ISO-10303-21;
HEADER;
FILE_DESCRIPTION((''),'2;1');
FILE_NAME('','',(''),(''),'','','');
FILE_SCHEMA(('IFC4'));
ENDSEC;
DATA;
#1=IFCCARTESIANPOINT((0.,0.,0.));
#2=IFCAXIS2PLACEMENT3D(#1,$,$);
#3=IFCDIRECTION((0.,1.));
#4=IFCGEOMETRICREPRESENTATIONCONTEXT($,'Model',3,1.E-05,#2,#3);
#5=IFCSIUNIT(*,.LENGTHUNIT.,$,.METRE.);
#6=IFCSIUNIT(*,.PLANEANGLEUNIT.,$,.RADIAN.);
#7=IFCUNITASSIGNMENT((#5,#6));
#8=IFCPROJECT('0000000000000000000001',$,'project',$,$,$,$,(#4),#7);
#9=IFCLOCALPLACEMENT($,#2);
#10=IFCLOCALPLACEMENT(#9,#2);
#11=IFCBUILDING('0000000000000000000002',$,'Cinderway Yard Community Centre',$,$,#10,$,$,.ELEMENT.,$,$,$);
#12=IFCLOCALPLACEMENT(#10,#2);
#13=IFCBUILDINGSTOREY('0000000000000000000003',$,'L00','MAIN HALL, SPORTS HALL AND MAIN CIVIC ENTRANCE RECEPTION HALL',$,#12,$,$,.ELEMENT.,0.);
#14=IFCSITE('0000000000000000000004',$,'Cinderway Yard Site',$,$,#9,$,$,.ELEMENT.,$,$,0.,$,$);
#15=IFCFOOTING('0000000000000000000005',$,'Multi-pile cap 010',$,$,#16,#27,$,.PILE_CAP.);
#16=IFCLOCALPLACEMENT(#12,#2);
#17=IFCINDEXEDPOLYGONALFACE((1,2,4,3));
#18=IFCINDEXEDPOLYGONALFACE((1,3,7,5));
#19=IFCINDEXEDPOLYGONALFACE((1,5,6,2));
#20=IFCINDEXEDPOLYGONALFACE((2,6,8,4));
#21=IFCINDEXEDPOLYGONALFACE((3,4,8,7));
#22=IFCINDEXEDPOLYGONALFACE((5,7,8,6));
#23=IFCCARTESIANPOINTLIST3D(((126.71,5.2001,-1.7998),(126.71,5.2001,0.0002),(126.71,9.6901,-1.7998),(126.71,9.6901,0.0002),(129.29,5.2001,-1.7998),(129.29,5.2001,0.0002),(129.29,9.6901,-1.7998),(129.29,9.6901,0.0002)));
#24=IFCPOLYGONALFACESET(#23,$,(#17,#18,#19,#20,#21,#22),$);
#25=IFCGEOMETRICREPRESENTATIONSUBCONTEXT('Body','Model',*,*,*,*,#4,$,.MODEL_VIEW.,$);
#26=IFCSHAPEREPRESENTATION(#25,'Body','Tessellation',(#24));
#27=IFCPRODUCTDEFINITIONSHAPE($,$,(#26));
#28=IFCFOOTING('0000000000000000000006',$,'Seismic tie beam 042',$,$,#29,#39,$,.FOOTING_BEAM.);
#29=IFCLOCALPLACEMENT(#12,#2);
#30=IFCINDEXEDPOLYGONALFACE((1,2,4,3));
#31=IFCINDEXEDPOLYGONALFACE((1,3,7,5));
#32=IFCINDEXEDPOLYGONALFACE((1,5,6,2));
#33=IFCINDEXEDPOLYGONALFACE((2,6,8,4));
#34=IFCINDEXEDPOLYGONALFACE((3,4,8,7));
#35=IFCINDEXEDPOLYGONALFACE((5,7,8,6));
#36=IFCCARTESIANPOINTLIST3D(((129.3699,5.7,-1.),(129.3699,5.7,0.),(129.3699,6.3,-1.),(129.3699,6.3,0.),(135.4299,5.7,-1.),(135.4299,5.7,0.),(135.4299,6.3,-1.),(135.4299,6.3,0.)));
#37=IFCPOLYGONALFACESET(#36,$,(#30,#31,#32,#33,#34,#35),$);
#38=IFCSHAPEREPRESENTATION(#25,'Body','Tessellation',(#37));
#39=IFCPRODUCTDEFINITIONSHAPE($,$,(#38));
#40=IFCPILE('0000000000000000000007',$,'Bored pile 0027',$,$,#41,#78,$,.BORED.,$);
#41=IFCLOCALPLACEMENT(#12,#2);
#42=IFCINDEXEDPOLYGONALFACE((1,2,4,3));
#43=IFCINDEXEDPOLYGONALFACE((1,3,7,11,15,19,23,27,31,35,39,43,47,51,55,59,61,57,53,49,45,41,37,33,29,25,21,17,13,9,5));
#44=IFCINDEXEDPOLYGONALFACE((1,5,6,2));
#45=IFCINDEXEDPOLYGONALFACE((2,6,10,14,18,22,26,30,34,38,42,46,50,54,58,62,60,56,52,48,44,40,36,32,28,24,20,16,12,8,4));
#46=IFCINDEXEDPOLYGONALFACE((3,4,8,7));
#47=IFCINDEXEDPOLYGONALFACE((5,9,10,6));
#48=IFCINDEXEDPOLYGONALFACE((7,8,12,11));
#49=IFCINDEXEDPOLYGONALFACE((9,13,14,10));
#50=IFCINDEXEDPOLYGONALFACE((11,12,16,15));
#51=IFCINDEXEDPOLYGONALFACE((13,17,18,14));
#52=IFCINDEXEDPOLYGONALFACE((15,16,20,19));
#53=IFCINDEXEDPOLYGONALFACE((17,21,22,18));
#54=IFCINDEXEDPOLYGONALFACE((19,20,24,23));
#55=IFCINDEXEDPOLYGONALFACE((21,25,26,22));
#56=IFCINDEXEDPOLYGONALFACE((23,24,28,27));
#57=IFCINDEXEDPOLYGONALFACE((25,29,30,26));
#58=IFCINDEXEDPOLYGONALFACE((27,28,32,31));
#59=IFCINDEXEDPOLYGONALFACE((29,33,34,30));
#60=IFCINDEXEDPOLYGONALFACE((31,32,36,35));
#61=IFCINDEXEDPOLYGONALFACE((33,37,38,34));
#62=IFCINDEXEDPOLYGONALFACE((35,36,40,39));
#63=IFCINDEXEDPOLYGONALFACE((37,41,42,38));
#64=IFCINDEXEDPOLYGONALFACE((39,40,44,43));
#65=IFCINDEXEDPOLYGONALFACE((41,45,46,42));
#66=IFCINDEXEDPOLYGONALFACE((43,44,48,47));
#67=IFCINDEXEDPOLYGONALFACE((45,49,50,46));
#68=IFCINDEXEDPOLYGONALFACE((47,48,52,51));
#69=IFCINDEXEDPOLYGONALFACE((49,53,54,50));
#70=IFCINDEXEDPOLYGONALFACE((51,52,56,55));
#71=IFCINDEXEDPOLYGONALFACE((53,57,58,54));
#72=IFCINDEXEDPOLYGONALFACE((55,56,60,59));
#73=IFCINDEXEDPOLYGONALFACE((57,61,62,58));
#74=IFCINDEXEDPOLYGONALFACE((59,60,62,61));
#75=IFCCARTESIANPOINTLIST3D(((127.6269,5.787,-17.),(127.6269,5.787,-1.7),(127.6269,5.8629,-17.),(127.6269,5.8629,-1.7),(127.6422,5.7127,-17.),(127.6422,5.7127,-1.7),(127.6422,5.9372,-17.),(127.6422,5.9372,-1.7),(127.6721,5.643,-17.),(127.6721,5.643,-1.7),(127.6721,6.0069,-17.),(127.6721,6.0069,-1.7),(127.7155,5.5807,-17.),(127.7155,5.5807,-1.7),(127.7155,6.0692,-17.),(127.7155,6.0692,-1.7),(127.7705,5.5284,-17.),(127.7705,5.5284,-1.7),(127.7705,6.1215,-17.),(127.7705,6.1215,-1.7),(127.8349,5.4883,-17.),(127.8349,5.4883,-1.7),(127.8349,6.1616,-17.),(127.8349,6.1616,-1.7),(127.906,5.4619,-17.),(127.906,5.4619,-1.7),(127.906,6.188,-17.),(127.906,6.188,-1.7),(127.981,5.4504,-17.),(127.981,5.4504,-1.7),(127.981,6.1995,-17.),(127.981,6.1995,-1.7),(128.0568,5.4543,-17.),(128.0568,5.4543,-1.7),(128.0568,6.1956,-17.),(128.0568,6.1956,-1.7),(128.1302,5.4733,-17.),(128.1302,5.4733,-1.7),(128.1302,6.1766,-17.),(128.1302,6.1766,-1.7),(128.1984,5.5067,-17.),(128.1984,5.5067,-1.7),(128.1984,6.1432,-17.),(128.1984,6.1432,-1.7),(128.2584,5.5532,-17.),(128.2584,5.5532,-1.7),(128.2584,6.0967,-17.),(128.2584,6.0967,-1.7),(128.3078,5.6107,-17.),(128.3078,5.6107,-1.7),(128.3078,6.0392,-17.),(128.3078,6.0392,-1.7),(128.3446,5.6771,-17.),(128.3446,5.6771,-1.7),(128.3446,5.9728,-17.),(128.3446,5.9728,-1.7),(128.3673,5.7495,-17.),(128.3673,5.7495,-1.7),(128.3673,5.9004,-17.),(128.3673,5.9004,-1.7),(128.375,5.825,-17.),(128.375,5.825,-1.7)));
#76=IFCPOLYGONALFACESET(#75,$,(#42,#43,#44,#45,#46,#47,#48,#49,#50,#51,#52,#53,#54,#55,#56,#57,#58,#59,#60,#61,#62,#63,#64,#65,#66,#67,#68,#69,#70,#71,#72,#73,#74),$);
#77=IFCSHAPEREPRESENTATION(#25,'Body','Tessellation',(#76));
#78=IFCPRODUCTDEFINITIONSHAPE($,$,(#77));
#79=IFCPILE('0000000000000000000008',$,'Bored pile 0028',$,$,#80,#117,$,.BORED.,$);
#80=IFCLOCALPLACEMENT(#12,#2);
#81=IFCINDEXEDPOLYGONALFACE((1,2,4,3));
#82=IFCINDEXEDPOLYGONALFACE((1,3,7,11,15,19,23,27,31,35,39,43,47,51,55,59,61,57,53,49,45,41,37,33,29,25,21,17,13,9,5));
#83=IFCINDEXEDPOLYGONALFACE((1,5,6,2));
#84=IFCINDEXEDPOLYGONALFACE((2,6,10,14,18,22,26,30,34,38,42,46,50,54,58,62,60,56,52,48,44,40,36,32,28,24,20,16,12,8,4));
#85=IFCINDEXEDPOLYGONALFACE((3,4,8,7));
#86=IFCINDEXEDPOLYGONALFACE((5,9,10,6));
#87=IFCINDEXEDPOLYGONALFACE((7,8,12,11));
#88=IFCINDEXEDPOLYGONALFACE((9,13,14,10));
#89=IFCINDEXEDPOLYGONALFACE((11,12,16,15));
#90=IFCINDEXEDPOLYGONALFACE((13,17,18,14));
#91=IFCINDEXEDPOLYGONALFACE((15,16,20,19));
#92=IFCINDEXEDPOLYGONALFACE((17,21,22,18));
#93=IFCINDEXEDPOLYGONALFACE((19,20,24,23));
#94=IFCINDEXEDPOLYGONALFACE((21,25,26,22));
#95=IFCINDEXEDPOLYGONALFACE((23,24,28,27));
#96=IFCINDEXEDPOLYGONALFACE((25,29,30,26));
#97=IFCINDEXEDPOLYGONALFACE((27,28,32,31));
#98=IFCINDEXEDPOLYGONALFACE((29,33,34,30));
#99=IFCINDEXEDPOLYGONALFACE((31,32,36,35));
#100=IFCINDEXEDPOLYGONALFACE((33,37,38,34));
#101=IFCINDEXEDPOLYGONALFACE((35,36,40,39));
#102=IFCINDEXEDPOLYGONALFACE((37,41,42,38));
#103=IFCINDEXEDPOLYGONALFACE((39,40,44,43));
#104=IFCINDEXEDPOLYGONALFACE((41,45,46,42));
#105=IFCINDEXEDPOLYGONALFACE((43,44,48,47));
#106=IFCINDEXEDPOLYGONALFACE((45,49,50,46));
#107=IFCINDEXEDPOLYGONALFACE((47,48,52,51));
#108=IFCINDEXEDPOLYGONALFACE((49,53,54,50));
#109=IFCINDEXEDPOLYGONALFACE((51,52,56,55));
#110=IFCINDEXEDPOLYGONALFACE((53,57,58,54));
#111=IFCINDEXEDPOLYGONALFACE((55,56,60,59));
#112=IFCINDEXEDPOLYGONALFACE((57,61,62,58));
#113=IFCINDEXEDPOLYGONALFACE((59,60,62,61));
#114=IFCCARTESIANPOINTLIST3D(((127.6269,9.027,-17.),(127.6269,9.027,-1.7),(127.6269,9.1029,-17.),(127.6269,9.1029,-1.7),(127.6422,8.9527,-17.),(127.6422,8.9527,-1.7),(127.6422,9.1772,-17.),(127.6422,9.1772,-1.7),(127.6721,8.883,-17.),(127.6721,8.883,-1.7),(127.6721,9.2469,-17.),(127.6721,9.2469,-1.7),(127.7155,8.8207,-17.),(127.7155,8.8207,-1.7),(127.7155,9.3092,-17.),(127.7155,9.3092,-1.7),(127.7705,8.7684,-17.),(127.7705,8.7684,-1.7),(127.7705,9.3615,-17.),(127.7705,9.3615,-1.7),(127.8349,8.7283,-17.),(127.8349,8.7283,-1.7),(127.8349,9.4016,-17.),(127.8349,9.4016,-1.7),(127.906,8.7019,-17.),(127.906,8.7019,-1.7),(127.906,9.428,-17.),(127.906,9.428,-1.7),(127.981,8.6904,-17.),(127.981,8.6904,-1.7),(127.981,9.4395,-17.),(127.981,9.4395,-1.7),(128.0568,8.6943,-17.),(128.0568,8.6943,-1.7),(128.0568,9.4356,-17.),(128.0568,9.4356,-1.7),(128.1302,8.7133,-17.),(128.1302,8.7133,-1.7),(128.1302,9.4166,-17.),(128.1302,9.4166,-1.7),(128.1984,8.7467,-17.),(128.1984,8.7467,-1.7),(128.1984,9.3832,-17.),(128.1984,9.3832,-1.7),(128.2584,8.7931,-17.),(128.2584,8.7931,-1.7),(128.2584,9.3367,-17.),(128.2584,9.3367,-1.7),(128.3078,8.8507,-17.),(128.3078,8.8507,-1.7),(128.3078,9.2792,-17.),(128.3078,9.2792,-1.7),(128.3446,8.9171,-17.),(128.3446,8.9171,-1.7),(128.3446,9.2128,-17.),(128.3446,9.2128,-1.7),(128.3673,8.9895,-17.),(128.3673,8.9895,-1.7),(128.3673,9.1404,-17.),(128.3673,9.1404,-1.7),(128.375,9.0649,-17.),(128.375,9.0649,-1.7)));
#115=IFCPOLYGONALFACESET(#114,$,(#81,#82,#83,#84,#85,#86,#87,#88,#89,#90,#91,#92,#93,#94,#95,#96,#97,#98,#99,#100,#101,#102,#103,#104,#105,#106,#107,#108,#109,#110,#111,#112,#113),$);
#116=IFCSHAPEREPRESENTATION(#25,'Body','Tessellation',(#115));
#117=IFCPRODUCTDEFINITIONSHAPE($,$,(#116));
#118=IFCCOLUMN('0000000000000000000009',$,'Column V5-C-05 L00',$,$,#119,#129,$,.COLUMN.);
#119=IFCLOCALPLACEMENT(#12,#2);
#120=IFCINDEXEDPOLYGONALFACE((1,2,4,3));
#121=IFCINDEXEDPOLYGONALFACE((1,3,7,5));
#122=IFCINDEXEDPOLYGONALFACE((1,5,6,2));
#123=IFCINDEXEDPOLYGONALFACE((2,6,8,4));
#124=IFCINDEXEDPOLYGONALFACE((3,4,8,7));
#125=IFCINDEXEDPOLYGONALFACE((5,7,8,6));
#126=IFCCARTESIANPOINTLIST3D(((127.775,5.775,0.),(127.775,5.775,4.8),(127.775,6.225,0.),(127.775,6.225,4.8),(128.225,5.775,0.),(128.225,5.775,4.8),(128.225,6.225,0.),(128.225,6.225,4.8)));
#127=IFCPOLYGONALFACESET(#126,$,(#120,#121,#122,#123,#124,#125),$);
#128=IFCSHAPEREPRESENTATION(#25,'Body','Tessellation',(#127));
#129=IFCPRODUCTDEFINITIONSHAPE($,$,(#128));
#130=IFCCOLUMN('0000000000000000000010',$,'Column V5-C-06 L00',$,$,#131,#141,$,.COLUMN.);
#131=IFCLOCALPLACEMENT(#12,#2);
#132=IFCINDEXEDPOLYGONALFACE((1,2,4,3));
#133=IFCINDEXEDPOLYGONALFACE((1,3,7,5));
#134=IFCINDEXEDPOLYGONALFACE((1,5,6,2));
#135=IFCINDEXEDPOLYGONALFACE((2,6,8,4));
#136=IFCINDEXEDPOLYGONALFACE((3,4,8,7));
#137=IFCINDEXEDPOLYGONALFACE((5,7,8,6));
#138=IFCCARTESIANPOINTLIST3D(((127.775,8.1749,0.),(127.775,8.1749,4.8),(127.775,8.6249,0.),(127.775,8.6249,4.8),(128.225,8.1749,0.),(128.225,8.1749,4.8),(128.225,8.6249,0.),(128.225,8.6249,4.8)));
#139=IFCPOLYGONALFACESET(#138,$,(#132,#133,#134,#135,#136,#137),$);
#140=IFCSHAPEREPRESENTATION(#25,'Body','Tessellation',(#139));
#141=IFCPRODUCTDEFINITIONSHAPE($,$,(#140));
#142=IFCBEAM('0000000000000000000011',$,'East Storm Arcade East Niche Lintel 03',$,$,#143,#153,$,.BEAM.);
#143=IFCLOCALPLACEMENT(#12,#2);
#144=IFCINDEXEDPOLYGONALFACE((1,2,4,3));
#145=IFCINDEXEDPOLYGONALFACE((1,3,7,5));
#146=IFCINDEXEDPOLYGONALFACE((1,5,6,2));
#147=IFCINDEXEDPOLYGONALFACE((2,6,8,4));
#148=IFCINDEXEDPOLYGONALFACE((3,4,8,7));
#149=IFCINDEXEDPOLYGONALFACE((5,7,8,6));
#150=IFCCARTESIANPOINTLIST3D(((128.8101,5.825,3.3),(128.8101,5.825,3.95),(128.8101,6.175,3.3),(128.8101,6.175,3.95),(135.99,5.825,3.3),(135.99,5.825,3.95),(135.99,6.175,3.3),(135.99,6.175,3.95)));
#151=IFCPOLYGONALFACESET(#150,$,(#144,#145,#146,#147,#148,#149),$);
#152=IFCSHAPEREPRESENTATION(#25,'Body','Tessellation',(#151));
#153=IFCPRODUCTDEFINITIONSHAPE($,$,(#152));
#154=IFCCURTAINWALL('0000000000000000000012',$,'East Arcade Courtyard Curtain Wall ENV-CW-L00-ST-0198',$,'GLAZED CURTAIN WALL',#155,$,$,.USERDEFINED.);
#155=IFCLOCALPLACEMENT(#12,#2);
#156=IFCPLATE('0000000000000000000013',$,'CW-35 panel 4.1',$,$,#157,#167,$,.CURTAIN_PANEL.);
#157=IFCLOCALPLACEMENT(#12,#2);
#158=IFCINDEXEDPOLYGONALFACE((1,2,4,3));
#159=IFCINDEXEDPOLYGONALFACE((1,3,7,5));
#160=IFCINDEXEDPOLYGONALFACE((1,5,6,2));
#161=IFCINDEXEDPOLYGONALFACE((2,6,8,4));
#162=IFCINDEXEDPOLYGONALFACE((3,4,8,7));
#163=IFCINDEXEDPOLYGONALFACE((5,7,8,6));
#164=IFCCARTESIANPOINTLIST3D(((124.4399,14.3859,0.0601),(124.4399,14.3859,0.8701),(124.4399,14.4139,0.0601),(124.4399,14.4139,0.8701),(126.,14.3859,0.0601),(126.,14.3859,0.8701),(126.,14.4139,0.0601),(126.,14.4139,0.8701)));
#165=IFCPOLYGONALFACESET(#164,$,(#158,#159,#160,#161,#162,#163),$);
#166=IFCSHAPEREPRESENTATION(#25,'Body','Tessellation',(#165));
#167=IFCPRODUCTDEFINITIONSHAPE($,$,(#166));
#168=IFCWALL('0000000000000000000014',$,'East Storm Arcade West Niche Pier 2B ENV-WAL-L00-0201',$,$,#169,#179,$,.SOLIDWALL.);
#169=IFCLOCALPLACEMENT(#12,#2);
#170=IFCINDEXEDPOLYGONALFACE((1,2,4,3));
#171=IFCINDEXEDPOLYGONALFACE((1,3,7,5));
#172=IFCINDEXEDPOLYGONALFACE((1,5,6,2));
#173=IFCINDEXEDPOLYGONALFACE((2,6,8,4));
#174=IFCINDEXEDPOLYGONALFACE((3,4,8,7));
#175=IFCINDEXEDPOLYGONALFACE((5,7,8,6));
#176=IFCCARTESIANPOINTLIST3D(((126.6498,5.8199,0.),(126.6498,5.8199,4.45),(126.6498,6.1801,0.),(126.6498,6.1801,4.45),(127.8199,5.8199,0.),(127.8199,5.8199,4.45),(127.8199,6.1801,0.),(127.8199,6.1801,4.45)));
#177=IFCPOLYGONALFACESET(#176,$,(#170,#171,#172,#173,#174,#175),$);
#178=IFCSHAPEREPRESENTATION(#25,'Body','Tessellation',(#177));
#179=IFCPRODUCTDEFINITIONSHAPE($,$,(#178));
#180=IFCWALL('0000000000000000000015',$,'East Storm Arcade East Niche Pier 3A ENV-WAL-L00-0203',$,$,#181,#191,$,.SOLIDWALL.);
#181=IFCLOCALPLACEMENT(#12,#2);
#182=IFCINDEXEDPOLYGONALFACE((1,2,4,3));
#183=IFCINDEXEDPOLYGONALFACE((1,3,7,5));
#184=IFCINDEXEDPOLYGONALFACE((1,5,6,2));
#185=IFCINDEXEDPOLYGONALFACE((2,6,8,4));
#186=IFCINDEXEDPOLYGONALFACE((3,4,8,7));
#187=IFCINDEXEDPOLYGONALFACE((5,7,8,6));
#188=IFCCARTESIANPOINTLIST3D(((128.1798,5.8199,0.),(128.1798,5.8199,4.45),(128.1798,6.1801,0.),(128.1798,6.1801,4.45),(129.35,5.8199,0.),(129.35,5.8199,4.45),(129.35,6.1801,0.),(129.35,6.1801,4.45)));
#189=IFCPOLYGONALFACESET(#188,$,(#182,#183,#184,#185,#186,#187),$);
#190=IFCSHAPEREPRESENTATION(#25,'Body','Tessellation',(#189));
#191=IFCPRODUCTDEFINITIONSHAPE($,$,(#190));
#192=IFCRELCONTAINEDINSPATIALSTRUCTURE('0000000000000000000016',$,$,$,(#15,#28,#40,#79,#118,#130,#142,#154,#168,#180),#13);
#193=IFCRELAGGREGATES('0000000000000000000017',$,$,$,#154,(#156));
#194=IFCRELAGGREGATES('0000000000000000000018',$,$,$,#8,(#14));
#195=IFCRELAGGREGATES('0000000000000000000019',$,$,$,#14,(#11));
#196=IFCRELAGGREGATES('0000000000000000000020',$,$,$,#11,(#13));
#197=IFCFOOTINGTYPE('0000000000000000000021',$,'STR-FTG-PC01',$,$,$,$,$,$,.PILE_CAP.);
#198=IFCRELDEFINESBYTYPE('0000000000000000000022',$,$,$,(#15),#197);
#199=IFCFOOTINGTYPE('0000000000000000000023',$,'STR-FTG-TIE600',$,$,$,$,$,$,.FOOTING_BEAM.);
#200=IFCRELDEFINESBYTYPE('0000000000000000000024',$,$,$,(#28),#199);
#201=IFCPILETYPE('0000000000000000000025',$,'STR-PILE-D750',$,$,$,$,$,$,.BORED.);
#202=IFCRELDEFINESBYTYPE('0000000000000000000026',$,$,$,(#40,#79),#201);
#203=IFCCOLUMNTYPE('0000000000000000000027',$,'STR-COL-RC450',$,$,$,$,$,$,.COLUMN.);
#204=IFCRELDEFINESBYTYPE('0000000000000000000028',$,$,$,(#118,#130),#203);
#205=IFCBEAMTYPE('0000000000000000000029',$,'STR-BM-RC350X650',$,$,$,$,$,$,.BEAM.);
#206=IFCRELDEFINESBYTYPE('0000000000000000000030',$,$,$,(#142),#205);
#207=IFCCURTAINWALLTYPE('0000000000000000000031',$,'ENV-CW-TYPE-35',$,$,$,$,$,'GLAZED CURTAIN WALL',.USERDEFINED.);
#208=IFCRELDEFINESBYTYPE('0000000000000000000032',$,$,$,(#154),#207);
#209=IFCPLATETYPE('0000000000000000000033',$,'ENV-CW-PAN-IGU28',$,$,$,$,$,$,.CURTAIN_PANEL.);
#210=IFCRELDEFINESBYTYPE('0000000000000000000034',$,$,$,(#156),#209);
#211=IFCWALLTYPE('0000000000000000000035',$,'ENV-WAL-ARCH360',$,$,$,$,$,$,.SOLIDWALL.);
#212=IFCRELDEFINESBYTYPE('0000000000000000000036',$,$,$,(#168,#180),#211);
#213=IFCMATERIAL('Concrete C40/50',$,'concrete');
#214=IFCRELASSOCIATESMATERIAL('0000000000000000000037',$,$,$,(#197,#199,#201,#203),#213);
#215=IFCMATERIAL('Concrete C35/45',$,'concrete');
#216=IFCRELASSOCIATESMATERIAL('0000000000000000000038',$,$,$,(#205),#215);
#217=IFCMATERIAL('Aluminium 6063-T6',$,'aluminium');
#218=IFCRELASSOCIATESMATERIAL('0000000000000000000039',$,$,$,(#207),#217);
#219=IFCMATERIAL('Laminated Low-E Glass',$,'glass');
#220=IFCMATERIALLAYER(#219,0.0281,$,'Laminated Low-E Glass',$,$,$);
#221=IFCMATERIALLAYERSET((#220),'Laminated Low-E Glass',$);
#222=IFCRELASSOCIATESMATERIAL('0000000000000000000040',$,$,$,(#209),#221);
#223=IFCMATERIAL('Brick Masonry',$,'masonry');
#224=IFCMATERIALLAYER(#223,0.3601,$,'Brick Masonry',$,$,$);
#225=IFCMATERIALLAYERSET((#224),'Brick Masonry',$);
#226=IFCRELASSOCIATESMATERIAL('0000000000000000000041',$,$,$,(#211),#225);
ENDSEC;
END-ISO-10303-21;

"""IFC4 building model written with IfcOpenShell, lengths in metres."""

from ifc_helpers import new_model, si_unit, direction, frame, frame_2d, origin, origin_2d, place, context, subcontext, project, spatial, rectangle, circle, extrude, material, layer, layer_set, material_profile, profile_set, type_object, element, aggregate, save


model = new_model("IFC4")

# Units and contexts
model_context = context("Model", 3, precision=1e-05, world=origin(), true_north=direction((0.0, 1.0)))
body_context = subcontext(model_context, "Body", "Model", "MODEL_VIEW")
ifc_project = project(units=[si_unit("LENGTHUNIT", "METRE"), si_unit("PLANEANGLEUNIT", "RADIAN")], contexts=[model_context])

# Site, building, storey
site_placement = place(None, origin())
site = spatial("IfcSite", under=ifc_project, at=site_placement, Name="Cinderway Yard Site", CompositionType="ELEMENT", RefElevation=0.0)
building_placement = place(site_placement, origin())
building = spatial("IfcBuilding", under=site, at=building_placement, Name="Cinderway Yard Community Centre", CompositionType="ELEMENT")
storey_placement = place(building_placement, origin())
storey = spatial("IfcBuildingStorey", under=building, at=storey_placement, Name="L00", Description="MAIN HALL, SPORTS HALL AND MAIN CIVIC ENTRANCE RECEPTION HALL", CompositionType="ELEMENT", Elevation=0.0)

# Footings
ifc_material_1 = material(Name="Concrete C40/50", Category="concrete")
footing_type_1 = type_object("IfcFootingType", Name="STR-FTG-PC01", PredefinedType="PILE_CAP", material=ifc_material_1)
footing_1_placement = place(storey_placement, frame((128.0, 7.4451, -1.7998), z_axis=(0.0, 0.0, 1.0), x_axis=(1.0, 0.0, 0.0)))
element("IfcFooting", 1, at=footing_1_placement, inside=storey, type_object=footing_type_1, Name="Multi-pile cap 010", PredefinedType="PILE_CAP", context=body_context, shape_type="SweptSolid", body=[
    extrude(rectangle(XDim=2.5801, YDim=4.49, at=origin_2d()), origin(), (0.0, 0.0, 1.0), 1.8),
])
footing_type_2 = type_object("IfcFootingType", Name="STR-FTG-TIE600", PredefinedType="FOOTING_BEAM", material=ifc_material_1)
footing_2_placement = place(storey_placement, frame((132.3999, 6.0, -1.0), z_axis=(0.0, 0.0, 1.0), x_axis=(1.0, 0.0, 0.0)))
element("IfcFooting", 2, at=footing_2_placement, inside=storey, type_object=footing_type_2, Name="Seismic tie beam 042", PredefinedType="FOOTING_BEAM", context=body_context, shape_type="SweptSolid", body=[
    extrude(rectangle(XDim=6.0601, YDim=0.6001, at=origin_2d()), origin(), (0.0, 0.0, 1.0), 1.0),
])

# Piles
ifc_material_profile_1 = material_profile(ifc_material_1, circle(Radius=0.375, at=origin_2d()), Name="Concrete C40/50")
ifc_profile_set_1 = profile_set([ifc_material_profile_1], Name="Concrete C40/50")
pile_type = type_object("IfcPileType", Name="STR-PILE-D750", PredefinedType="BORED", material=ifc_profile_set_1)
for number, where, z_axis, x_axis, name in (
    (3, (128.0, 5.825, -1.7), (0.0, 0.0, -1.0), (1.0, 0.0, 0.0), "Bored pile 0027"),
    (4, (128.0, 9.0649, -1.7), (0.0, 0.0, -1.0), (1.0, 0.0, 0.0), "Bored pile 0028"),
):
    element("IfcPile", number, at=place(storey_placement, frame(where, z_axis=z_axis, x_axis=x_axis)), inside=storey, type_object=pile_type, Name=name, PredefinedType="BORED", context=body_context, shape_type="SweptSolid", body=[
        extrude(circle(Radius=0.375, at=origin_2d()), origin(), (0.0, 0.0, 1.0), 15.3),
    ])

# Columns
ifc_material_profile_2 = material_profile(ifc_material_1, rectangle(XDim=0.45, YDim=0.45, at=origin_2d()), Name="Concrete C40/50")
ifc_profile_set_2 = profile_set([ifc_material_profile_2], Name="Concrete C40/50")
column_type = type_object("IfcColumnType", Name="STR-COL-RC450", PredefinedType="COLUMN", material=ifc_profile_set_2)
for number, where, z_axis, x_axis, name in (
    (5, (128.0, 6.0, 0.0), (0.0, 0.0, 1.0), (1.0, 0.0, 0.0), "Column V5-C-05 L00"),
    (6, (128.0, 8.3999, 0.0), (0.0, 0.0, 1.0), (1.0, 0.0, 0.0), "Column V5-C-06 L00"),
):
    element("IfcColumn", number, at=place(storey_placement, frame(where, z_axis=z_axis, x_axis=x_axis)), inside=storey, type_object=column_type, Name=name, PredefinedType="COLUMN", context=body_context, shape_type="SweptSolid", body=[
        extrude(rectangle(XDim=0.45, YDim=0.45, at=origin_2d()), origin(), (0.0, 0.0, 1.0), 4.8),
    ])

# Beam
ifc_material_2 = material(Name="Concrete C35/45", Category="concrete")
ifc_material_profile_3 = material_profile(ifc_material_2, rectangle(XDim=0.3501, YDim=0.6499, at=origin_2d()), Name="Concrete C35/45")
ifc_profile_set_3 = profile_set([ifc_material_profile_3], Name="Concrete C35/45")
beam_type = type_object("IfcBeamType", Name="STR-BM-RC350X650", PredefinedType="BEAM", material=ifc_profile_set_3)
beam_placement = place(storey_placement, frame((128.8101, 6.0, 3.625), z_axis=(1.0, 0.0, 0.0), x_axis=(0.0, 1.0, 0.0)))
element("IfcBeam", 7, at=beam_placement, inside=storey, type_object=beam_type, Name="East Storm Arcade East Niche Lintel 03", PredefinedType="BEAM", context=body_context, shape_type="SweptSolid", body=[
    extrude(rectangle(XDim=0.3501, YDim=0.6499, at=origin_2d()), origin(), (0.0, 0.0, 1.0), 7.1799),
])

# Curtain wall, plate
ifc_material_3 = material(Name="Aluminium 6063-T6", Category="aluminium")
curtain_wall_type = type_object("IfcCurtainWallType", Name="ENV-CW-TYPE-35", ElementType="GLAZED CURTAIN WALL", PredefinedType="USERDEFINED", material=ifc_material_3)
curtain_wall_placement = place(storey_placement, origin())
curtain_wall = element("IfcCurtainWall", 8, at=curtain_wall_placement, inside=storey, type_object=curtain_wall_type, Name="East Arcade Courtyard Curtain Wall ENV-CW-L00-ST-0198", ObjectType="GLAZED CURTAIN WALL", PredefinedType="USERDEFINED")
ifc_material_4 = material(Name="Laminated Low-E Glass", Category="glass")
ifc_layer_1 = layer(ifc_material_4, 0.0281, Name="Laminated Low-E Glass")
ifc_layer_set_1 = layer_set([ifc_layer_1], Name="Laminated Low-E Glass")
plate_type = type_object("IfcPlateType", Name="ENV-CW-PAN-IGU28", PredefinedType="CURTAIN_PANEL", material=ifc_layer_set_1)
plate_placement = place(storey_placement, frame((125.22, 14.3999, 0.0601), z_axis=(0.0, 0.0, 1.0), x_axis=(1.0, 0.0, 0.0)))
plate = element("IfcPlate", 9, at=plate_placement, type_object=plate_type, Name="CW-35 panel 4.1", PredefinedType="CURTAIN_PANEL", context=body_context, shape_type="SweptSolid", body=[
    extrude(rectangle(XDim=1.5601, YDim=0.0281, at=origin_2d()), origin(), (0.0, 0.0, 1.0), 0.8101),
])
aggregate(curtain_wall, [plate])

# Walls
ifc_material_5 = material(Name="Brick Masonry", Category="masonry")
ifc_layer_2 = layer(ifc_material_5, 0.3601, Name="Brick Masonry")
ifc_layer_set_2 = layer_set([ifc_layer_2], Name="Brick Masonry")
wall_type_1 = type_object("IfcWallType", Name="ENV-WAL-ARCH360", PredefinedType="SOLIDWALL", material=ifc_layer_set_2)
for number, where, z_axis, x_axis, name in (
    (10, (126.6499, 6.0, 0.0), (0.0, 0.0, 1.0), (1.0, 0.0, 0.0), "East Storm Arcade West Niche Pier 2B ENV-WAL-L00-0201"),
    (11, (128.1799, 6.0, 0.0), (0.0, 0.0, 1.0), (1.0, 0.0, 0.0), "East Storm Arcade East Niche Pier 3A ENV-WAL-L00-0203"),
):
    element("IfcWall", number, at=place(storey_placement, frame(where, z_axis=z_axis, x_axis=x_axis)), inside=storey, type_object=wall_type_1, Name=name, PredefinedType="SOLIDWALL", context=body_context, shape_type="SweptSolid", body=[
        extrude(rectangle(XDim=1.1702, YDim=0.3601, at=frame_2d((0.585, 0.0))), origin(), (0.0, 0.0, 1.0), 4.45),
    ])

save(model, "model.ifc")
